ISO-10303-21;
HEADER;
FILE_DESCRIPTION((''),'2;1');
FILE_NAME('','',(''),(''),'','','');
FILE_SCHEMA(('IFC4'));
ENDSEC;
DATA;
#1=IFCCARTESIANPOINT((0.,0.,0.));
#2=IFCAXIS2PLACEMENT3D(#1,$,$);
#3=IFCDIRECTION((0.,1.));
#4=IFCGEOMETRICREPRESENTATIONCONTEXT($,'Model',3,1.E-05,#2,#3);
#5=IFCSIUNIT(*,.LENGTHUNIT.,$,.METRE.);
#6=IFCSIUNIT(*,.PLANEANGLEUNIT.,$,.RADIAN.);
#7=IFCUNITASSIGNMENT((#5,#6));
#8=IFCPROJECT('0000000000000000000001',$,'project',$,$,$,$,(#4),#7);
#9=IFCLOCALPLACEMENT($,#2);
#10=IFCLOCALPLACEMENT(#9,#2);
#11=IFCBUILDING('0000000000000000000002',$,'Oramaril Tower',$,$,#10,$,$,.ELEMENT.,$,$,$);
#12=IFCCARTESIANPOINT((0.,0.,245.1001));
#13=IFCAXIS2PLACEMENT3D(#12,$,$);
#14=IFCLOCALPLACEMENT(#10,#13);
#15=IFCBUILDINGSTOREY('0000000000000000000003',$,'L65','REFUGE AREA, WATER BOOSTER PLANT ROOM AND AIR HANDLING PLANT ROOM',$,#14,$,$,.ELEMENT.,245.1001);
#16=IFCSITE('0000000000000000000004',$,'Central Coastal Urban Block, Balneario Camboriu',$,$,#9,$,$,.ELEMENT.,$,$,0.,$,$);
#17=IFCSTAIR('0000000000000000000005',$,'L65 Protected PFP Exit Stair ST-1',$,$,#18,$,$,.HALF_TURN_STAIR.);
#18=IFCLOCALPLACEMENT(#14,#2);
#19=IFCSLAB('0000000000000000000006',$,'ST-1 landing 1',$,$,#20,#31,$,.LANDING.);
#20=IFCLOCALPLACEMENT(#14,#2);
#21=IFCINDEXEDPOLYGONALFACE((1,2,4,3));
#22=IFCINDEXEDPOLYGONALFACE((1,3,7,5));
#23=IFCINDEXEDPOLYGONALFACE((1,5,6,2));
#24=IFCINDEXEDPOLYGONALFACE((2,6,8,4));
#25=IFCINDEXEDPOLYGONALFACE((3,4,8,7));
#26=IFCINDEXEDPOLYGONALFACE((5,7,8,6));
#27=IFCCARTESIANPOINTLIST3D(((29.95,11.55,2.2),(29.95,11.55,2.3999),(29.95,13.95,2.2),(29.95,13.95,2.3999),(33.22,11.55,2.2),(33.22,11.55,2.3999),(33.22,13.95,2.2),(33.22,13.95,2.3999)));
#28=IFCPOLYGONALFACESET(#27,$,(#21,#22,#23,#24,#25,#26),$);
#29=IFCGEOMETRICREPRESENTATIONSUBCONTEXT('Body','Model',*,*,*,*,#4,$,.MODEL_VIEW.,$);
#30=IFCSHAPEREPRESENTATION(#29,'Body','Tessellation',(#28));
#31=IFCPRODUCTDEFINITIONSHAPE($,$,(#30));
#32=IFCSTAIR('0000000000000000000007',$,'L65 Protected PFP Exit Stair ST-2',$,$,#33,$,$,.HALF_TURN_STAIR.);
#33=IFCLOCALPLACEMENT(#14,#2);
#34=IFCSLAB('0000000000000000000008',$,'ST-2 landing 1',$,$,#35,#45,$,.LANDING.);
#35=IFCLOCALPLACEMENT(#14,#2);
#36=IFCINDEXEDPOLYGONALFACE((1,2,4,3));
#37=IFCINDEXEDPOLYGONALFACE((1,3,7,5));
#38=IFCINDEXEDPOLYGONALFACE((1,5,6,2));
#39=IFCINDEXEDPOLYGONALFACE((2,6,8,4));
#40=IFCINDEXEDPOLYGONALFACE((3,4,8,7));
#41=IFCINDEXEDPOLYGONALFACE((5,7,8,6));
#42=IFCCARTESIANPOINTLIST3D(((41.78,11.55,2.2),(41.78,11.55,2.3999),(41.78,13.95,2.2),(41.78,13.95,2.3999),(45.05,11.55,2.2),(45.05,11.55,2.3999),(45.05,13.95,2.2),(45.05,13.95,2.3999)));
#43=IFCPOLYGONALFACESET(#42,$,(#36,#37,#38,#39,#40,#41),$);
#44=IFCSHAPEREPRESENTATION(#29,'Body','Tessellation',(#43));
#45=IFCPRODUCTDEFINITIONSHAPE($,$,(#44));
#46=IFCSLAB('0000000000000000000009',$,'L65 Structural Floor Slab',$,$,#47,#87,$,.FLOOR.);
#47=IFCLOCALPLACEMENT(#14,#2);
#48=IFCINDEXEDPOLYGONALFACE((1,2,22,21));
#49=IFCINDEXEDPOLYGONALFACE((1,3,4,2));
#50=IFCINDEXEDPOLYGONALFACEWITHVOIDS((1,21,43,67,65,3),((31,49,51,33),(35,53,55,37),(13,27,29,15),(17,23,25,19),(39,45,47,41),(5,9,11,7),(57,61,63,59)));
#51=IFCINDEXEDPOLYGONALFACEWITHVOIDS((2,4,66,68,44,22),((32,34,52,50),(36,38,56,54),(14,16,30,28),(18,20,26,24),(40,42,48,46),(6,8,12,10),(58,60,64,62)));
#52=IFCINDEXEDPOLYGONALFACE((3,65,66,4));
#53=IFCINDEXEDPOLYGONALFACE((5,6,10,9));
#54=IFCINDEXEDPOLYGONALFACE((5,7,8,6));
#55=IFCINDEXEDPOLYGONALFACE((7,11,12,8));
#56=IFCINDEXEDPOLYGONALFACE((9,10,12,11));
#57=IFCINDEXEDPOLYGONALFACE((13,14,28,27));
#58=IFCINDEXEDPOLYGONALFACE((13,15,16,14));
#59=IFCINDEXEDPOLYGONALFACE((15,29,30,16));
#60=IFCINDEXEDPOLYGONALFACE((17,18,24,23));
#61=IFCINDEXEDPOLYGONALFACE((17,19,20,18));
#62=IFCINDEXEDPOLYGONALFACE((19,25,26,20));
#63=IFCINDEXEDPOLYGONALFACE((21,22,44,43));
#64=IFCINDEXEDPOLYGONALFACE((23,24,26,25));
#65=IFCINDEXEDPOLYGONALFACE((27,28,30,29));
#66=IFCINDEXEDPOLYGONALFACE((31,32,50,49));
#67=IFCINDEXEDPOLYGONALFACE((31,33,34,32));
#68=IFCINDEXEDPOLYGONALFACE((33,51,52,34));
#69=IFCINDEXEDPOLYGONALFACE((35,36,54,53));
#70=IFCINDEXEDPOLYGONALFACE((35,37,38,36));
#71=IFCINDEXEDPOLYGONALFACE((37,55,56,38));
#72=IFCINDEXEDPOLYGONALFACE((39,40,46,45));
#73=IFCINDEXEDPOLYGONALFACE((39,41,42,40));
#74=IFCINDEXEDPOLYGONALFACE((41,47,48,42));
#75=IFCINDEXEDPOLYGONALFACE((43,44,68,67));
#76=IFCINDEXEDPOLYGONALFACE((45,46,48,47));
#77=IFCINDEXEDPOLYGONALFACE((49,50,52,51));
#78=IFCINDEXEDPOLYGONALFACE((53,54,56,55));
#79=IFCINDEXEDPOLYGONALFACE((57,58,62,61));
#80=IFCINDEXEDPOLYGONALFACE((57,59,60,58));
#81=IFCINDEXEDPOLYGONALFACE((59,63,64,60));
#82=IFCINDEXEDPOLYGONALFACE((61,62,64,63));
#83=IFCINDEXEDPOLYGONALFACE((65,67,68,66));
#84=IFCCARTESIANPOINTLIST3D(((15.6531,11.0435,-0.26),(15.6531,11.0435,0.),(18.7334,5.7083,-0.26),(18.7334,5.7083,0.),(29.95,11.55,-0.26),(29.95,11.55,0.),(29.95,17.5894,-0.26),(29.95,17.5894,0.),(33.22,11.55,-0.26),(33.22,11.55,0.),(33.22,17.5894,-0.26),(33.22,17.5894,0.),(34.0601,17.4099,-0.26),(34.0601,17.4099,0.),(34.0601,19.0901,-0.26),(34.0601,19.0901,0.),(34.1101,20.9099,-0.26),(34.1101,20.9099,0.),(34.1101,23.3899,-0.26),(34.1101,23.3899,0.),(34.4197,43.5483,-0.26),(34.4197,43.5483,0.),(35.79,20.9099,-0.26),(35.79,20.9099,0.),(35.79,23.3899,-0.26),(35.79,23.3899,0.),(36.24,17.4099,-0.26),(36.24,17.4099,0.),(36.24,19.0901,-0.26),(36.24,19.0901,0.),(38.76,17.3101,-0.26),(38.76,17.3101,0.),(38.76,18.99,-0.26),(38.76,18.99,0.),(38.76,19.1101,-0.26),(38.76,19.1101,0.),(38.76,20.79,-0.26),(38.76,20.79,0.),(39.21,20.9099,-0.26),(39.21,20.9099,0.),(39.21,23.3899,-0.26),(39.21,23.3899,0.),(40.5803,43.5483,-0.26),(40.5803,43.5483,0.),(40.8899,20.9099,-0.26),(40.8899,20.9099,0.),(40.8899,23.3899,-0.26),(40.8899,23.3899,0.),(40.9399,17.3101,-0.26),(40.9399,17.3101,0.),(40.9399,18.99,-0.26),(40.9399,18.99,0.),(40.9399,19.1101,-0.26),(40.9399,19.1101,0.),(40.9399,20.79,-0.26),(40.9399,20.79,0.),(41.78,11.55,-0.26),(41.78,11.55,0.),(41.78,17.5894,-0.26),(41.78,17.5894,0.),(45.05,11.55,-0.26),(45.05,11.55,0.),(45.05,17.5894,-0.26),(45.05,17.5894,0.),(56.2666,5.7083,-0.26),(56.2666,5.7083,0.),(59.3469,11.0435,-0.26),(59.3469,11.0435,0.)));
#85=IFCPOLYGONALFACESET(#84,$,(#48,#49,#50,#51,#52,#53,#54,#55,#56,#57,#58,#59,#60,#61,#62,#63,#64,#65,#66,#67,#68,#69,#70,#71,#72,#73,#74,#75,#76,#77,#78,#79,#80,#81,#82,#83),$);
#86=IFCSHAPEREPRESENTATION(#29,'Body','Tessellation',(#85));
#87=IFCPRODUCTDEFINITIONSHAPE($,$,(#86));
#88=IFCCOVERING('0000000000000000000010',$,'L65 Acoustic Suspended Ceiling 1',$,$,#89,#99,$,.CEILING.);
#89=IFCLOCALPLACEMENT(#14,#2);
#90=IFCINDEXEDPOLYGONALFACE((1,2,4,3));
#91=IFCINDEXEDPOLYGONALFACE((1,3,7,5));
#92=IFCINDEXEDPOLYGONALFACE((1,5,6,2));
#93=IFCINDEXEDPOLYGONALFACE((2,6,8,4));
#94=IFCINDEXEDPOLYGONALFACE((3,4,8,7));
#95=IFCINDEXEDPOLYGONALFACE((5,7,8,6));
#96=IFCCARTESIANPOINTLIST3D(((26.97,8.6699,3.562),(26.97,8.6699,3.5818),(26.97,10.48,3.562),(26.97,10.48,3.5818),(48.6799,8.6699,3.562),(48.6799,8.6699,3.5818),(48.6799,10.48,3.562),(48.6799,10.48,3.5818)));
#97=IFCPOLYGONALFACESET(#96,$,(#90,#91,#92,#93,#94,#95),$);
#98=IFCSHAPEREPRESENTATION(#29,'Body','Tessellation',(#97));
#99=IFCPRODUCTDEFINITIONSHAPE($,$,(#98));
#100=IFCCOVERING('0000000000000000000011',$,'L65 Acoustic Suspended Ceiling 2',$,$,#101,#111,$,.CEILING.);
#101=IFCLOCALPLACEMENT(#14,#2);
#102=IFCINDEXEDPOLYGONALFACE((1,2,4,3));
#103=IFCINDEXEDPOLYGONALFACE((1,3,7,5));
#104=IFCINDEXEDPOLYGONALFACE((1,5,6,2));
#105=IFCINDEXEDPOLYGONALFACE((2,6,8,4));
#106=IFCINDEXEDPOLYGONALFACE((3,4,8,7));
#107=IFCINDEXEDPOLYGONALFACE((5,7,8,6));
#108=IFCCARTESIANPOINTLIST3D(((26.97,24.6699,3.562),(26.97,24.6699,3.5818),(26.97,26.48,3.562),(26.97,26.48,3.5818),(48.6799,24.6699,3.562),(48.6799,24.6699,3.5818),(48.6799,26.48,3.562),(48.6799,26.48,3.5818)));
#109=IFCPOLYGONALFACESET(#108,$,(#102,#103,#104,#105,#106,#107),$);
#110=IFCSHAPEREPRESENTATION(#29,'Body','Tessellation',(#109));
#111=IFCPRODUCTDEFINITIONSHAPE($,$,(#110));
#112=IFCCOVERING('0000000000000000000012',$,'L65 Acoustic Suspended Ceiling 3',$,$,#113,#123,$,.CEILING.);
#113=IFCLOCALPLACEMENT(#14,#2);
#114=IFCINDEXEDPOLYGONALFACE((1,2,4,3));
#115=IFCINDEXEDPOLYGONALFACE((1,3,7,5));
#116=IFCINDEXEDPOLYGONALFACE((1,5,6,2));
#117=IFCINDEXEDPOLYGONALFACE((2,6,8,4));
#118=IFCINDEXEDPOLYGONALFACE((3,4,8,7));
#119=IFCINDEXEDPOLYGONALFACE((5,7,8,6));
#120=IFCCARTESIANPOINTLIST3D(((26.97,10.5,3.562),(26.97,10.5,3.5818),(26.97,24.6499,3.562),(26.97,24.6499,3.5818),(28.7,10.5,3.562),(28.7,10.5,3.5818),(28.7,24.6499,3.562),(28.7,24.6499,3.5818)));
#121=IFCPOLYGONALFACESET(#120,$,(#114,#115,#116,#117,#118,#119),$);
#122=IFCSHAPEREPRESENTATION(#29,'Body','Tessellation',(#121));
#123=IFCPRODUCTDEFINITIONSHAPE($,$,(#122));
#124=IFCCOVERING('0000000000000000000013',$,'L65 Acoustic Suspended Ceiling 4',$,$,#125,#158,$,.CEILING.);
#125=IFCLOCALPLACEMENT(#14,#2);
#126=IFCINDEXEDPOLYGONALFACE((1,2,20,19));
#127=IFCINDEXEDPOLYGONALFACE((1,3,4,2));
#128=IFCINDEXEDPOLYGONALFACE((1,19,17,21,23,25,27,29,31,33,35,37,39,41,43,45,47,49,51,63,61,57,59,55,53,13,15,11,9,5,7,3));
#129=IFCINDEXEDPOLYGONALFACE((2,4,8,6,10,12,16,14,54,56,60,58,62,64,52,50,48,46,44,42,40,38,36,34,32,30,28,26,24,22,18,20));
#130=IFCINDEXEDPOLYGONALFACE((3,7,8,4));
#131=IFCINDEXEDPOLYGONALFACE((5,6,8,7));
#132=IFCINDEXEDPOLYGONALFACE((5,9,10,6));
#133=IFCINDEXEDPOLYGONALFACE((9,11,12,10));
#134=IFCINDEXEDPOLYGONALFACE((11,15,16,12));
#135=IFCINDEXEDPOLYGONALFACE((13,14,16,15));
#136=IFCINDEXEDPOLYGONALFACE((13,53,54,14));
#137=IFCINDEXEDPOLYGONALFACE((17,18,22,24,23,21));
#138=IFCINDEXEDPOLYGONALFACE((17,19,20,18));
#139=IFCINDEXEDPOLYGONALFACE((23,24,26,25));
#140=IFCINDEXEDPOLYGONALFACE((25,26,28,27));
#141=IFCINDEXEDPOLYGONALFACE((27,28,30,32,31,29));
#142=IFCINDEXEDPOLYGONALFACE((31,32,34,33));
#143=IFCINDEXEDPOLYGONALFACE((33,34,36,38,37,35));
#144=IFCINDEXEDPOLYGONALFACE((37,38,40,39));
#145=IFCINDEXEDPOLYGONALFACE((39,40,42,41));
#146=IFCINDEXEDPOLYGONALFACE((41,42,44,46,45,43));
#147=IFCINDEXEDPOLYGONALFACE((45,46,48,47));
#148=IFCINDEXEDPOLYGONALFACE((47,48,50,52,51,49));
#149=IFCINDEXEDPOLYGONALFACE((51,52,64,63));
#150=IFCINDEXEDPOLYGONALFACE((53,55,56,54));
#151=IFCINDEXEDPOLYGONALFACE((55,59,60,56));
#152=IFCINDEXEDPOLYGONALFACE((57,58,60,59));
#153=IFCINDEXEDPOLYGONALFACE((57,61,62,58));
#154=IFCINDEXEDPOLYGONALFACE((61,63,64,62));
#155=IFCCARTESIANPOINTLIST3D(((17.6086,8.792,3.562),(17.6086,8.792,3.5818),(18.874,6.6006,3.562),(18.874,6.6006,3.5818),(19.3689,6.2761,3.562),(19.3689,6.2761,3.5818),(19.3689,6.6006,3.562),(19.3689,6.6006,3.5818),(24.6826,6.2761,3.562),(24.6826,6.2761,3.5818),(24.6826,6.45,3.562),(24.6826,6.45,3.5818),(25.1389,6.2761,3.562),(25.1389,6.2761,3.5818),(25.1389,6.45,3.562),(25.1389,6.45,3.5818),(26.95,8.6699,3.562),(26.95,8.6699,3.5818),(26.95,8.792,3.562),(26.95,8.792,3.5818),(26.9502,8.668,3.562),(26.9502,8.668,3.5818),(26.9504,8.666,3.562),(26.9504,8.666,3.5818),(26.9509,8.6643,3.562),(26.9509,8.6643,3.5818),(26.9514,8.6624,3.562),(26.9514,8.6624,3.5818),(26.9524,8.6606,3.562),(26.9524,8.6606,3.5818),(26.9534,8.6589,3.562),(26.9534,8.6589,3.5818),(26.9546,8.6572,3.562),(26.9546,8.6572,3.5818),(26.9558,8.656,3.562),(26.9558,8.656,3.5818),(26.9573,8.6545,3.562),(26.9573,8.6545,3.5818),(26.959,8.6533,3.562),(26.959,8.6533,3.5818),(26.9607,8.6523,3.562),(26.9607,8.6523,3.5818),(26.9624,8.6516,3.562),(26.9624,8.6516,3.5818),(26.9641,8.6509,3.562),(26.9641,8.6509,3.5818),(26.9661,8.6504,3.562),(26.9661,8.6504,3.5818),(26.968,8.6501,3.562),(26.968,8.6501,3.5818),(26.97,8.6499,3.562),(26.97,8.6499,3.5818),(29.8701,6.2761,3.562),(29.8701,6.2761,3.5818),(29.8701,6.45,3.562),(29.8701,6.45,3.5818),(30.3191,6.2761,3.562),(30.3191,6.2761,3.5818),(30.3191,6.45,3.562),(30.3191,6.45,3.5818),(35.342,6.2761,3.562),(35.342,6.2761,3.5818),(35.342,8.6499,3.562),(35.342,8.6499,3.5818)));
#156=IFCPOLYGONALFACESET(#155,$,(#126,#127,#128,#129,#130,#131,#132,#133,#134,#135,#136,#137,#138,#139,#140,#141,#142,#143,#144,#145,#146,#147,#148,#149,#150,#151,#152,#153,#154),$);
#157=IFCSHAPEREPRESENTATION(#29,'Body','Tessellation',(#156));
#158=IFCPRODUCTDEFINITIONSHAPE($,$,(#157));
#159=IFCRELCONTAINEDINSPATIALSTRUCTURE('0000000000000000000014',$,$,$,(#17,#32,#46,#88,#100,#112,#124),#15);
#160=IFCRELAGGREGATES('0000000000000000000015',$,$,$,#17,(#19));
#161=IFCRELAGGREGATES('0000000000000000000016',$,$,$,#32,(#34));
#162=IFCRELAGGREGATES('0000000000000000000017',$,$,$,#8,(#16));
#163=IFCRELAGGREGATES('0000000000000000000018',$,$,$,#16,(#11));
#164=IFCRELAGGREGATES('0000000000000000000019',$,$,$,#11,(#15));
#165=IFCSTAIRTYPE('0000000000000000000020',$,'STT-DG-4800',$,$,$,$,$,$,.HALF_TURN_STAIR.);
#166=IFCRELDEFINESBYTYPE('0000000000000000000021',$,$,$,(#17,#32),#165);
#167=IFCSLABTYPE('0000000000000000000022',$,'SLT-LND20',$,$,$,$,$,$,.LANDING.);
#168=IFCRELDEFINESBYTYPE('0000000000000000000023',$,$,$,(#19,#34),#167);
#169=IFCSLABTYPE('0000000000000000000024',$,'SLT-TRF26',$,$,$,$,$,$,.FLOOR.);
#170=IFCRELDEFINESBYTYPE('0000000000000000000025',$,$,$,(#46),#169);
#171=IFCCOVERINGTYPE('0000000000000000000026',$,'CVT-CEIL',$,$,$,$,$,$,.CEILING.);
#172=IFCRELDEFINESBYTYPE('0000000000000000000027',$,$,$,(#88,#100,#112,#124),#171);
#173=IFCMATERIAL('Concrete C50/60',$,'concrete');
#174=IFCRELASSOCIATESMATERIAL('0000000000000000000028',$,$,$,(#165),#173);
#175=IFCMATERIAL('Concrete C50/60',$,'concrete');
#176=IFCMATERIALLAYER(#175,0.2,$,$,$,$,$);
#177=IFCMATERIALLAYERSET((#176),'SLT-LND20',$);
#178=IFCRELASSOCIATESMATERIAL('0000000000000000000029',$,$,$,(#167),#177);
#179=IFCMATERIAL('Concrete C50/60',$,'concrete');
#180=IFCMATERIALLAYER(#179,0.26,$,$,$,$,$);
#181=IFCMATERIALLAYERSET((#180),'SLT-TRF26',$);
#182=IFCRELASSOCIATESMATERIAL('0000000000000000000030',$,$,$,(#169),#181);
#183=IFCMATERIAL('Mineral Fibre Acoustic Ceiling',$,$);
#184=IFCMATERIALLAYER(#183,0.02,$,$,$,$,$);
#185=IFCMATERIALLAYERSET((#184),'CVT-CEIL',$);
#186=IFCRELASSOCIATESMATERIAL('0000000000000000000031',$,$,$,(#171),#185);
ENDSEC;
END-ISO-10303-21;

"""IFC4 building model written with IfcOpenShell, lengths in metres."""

from ifc_helpers import new_model, si_unit, direction, frame, origin, place, context, subcontext, project, spatial, polyline, outline, extrude, material, layer, layer_set, type_object, element, aggregate, save


model = new_model("IFC4")

# Units and contexts
model_context = context("Model", 3, precision=1e-05, world=origin(), true_north=direction((0.0, 1.0)))
body_context = subcontext(model_context, "Body", "Model", "MODEL_VIEW")
ifc_project = project(units=[si_unit("LENGTHUNIT", "METRE"), si_unit("PLANEANGLEUNIT", "RADIAN")], contexts=[model_context])

# Site, building, storey
site_placement = place(None, origin())
site = spatial("IfcSite", under=ifc_project, at=site_placement, Name="Central Coastal Urban Block, Balneario Camboriu", CompositionType="ELEMENT", RefElevation=0.0)
building_placement = place(site_placement, origin())
building = spatial("IfcBuilding", under=site, at=building_placement, Name="Oramaril Tower", CompositionType="ELEMENT")
storey_placement = place(building_placement, frame((0.0, 0.0, 245.1001)))
storey = spatial("IfcBuildingStorey", under=building, at=storey_placement, Name="L65", Description="REFUGE AREA, WATER BOOSTER PLANT ROOM AND AIR HANDLING PLANT ROOM", CompositionType="ELEMENT", Elevation=245.1001)

# Stairs, slabs
ifc_material_1 = material(Name="Concrete C50/60", Category="concrete")
stair_type = type_object("IfcStairType", Name="STT-DG-4800", PredefinedType="HALF_TURN_STAIR", material=ifc_material_1)
stair_1_placement = place(storey_placement, origin())
stair_1 = element("IfcStair", 1, at=stair_1_placement, inside=storey, type_object=stair_type, Name="L65 Protected PFP Exit Stair ST-1", PredefinedType="HALF_TURN_STAIR")
ifc_material_2 = material(Name="Concrete C50/60", Category="concrete")
ifc_layer_1 = layer(ifc_material_2, 0.2)
ifc_layer_set_1 = layer_set([ifc_layer_1], Name="SLT-LND20")
slab_type_1 = type_object("IfcSlabType", Name="SLT-LND20", PredefinedType="LANDING", material=ifc_layer_set_1)
slab_1_placement = place(storey_placement, frame((0.0, 0.0, 2.2)))
slab_1 = element("IfcSlab", 2, at=slab_1_placement, type_object=slab_type_1, Name="ST-1 landing 1", PredefinedType="LANDING", context=body_context, shape_type="SweptSolid", body=[
    extrude(outline(polyline([(29.95, 13.95), (29.95, 11.55), (33.22, 11.55), (33.22, 13.95), (29.95, 13.95)])), origin(), (0.0, 0.0, 1.0), 0.2),
])
aggregate(stair_1, [slab_1])
stair_2_placement = place(storey_placement, origin())
stair_2 = element("IfcStair", 3, at=stair_2_placement, inside=storey, type_object=stair_type, Name="L65 Protected PFP Exit Stair ST-2", PredefinedType="HALF_TURN_STAIR")
slab_2_placement = place(storey_placement, frame((0.0, 0.0, 2.2)))
slab_2 = element("IfcSlab", 4, at=slab_2_placement, type_object=slab_type_1, Name="ST-2 landing 1", PredefinedType="LANDING", context=body_context, shape_type="SweptSolid", body=[
    extrude(outline(polyline([(41.78, 13.95), (41.78, 11.55), (45.05, 11.55), (45.05, 13.95), (41.78, 13.95)])), origin(), (0.0, 0.0, 1.0), 0.2),
])
aggregate(stair_2, [slab_2])

# Slab
ifc_material_3 = material(Name="Concrete C50/60", Category="concrete")
ifc_layer_2 = layer(ifc_material_3, 0.26)
ifc_layer_set_2 = layer_set([ifc_layer_2], Name="SLT-TRF26")
slab_type_2 = type_object("IfcSlabType", Name="SLT-TRF26", PredefinedType="FLOOR", material=ifc_layer_set_2)
slab_3_placement = place(storey_placement, frame((0.0, 0.0, -0.26)))
element("IfcSlab", 5, at=slab_3_placement, inside=storey, type_object=slab_type_2, Name="L65 Structural Floor Slab", PredefinedType="FLOOR", context=body_context, shape_type="SweptSolid", body=[
    extrude(outline(polyline([(15.6531, 11.0435), (18.7334, 5.7083), (56.2666, 5.7083), (59.3469, 11.0435), (40.5803, 43.5483), (34.4197, 43.5483), (15.6531, 11.0435)]), holes=[polyline([(29.95, 17.5894), (29.95, 11.55), (33.22, 11.55), (33.22, 17.5894), (29.95, 17.5894)]), polyline([(41.78, 17.5894), (41.78, 11.55), (45.05, 11.55), (45.05, 17.5894), (41.78, 17.5894)]), polyline([(34.1101, 20.9099), (35.79, 20.9099), (35.79, 23.3899), (34.1101, 23.3899), (34.1101, 20.9099)]), polyline([(39.21, 20.9099), (40.8899, 20.9099), (40.8899, 23.3899), (39.21, 23.3899), (39.21, 20.9099)]), polyline([(34.0601, 17.4099), (36.24, 17.4099), (36.24, 19.0901), (34.0601, 19.0901), (34.0601, 17.4099)]), polyline([(38.76, 17.3101), (40.9399, 17.3101), (40.9399, 18.99), (38.76, 18.99), (38.76, 17.3101)]), polyline([(38.76, 19.1101), (40.9399, 19.1101), (40.9399, 20.79), (38.76, 20.79), (38.76, 19.1101)])]), origin(), (0.0, 0.0, 1.0), 0.26),
])

# Coverings
ifc_material_4 = material(Name="Mineral Fibre Acoustic Ceiling")
ifc_layer_3 = layer(ifc_material_4, 0.02)
ifc_layer_set_3 = layer_set([ifc_layer_3], Name="CVT-CEIL")
covering_type_1 = type_object("IfcCoveringType", Name="CVT-CEIL", PredefinedType="CEILING", material=ifc_layer_set_3)
covering_1_placement = place(storey_placement, frame((0.0, 0.0, 3.562)))
element("IfcCovering", 6, at=covering_1_placement, inside=storey, type_object=covering_type_1, Name="L65 Acoustic Suspended Ceiling 1", PredefinedType="CEILING", context=body_context, shape_type="SweptSolid", body=[
    extrude(outline(polyline([(48.6799, 10.48), (48.6799, 8.6699), (26.97, 8.6699), (26.97, 10.48), (48.6799, 10.48)])), origin(), (0.0, 0.0, 1.0), 0.0198),
])
covering_2_placement = place(storey_placement, frame((0.0, 0.0, 3.562)))
element("IfcCovering", 7, at=covering_2_placement, inside=storey, type_object=covering_type_1, Name="L65 Acoustic Suspended Ceiling 2", PredefinedType="CEILING", context=body_context, shape_type="SweptSolid", body=[
    extrude(outline(polyline([(48.6799, 26.48), (48.6799, 24.6699), (26.97, 24.6699), (26.97, 26.48), (48.6799, 26.48)])), origin(), (0.0, 0.0, 1.0), 0.0198),
])
covering_3_placement = place(storey_placement, frame((0.0, 0.0, 3.562)))
element("IfcCovering", 8, at=covering_3_placement, inside=storey, type_object=covering_type_1, Name="L65 Acoustic Suspended Ceiling 3", PredefinedType="CEILING", context=body_context, shape_type="SweptSolid", body=[
    extrude(outline(polyline([(28.7, 10.5), (26.97, 10.5), (26.97, 24.6499), (28.7, 24.6499), (28.7, 10.5)])), origin(), (0.0, 0.0, 1.0), 0.0198),
])
covering_4_placement = place(storey_placement, frame((0.0, 0.0, 3.562)))
element("IfcCovering", 9, at=covering_4_placement, inside=storey, type_object=covering_type_1, Name="L65 Acoustic Suspended Ceiling 4", PredefinedType="CEILING", context=body_context, shape_type="SweptSolid", body=[
    extrude(outline(polyline([(35.342, 6.2761), (30.3191, 6.2761), (30.3191, 6.45), (29.8701, 6.45), (29.8701, 6.2761), (25.1389, 6.2761), (25.1389, 6.45), (24.6826, 6.45), (24.6826, 6.2761), (19.3689, 6.2761), (19.3689, 6.6006), (18.874, 6.6006), (17.6086, 8.792), (26.95, 8.792), (26.95, 8.6699), (26.9502, 8.668), (26.9504, 8.666), (26.9509, 8.6643), (26.9514, 8.6624), (26.9524, 8.6606), (26.9534, 8.6589), (26.9546, 8.6572), (26.9558, 8.656), (26.9573, 8.6545), (26.959, 8.6533), (26.9607, 8.6523), (26.9624, 8.6516), (26.9641, 8.6509), (26.9661, 8.6504), (26.968, 8.6501), (26.97, 8.6499), (35.342, 8.6499), (35.342, 6.2761)])), origin(), (0.0, 0.0, 1.0), 0.0198),
])

save(model, "model.ifc")
